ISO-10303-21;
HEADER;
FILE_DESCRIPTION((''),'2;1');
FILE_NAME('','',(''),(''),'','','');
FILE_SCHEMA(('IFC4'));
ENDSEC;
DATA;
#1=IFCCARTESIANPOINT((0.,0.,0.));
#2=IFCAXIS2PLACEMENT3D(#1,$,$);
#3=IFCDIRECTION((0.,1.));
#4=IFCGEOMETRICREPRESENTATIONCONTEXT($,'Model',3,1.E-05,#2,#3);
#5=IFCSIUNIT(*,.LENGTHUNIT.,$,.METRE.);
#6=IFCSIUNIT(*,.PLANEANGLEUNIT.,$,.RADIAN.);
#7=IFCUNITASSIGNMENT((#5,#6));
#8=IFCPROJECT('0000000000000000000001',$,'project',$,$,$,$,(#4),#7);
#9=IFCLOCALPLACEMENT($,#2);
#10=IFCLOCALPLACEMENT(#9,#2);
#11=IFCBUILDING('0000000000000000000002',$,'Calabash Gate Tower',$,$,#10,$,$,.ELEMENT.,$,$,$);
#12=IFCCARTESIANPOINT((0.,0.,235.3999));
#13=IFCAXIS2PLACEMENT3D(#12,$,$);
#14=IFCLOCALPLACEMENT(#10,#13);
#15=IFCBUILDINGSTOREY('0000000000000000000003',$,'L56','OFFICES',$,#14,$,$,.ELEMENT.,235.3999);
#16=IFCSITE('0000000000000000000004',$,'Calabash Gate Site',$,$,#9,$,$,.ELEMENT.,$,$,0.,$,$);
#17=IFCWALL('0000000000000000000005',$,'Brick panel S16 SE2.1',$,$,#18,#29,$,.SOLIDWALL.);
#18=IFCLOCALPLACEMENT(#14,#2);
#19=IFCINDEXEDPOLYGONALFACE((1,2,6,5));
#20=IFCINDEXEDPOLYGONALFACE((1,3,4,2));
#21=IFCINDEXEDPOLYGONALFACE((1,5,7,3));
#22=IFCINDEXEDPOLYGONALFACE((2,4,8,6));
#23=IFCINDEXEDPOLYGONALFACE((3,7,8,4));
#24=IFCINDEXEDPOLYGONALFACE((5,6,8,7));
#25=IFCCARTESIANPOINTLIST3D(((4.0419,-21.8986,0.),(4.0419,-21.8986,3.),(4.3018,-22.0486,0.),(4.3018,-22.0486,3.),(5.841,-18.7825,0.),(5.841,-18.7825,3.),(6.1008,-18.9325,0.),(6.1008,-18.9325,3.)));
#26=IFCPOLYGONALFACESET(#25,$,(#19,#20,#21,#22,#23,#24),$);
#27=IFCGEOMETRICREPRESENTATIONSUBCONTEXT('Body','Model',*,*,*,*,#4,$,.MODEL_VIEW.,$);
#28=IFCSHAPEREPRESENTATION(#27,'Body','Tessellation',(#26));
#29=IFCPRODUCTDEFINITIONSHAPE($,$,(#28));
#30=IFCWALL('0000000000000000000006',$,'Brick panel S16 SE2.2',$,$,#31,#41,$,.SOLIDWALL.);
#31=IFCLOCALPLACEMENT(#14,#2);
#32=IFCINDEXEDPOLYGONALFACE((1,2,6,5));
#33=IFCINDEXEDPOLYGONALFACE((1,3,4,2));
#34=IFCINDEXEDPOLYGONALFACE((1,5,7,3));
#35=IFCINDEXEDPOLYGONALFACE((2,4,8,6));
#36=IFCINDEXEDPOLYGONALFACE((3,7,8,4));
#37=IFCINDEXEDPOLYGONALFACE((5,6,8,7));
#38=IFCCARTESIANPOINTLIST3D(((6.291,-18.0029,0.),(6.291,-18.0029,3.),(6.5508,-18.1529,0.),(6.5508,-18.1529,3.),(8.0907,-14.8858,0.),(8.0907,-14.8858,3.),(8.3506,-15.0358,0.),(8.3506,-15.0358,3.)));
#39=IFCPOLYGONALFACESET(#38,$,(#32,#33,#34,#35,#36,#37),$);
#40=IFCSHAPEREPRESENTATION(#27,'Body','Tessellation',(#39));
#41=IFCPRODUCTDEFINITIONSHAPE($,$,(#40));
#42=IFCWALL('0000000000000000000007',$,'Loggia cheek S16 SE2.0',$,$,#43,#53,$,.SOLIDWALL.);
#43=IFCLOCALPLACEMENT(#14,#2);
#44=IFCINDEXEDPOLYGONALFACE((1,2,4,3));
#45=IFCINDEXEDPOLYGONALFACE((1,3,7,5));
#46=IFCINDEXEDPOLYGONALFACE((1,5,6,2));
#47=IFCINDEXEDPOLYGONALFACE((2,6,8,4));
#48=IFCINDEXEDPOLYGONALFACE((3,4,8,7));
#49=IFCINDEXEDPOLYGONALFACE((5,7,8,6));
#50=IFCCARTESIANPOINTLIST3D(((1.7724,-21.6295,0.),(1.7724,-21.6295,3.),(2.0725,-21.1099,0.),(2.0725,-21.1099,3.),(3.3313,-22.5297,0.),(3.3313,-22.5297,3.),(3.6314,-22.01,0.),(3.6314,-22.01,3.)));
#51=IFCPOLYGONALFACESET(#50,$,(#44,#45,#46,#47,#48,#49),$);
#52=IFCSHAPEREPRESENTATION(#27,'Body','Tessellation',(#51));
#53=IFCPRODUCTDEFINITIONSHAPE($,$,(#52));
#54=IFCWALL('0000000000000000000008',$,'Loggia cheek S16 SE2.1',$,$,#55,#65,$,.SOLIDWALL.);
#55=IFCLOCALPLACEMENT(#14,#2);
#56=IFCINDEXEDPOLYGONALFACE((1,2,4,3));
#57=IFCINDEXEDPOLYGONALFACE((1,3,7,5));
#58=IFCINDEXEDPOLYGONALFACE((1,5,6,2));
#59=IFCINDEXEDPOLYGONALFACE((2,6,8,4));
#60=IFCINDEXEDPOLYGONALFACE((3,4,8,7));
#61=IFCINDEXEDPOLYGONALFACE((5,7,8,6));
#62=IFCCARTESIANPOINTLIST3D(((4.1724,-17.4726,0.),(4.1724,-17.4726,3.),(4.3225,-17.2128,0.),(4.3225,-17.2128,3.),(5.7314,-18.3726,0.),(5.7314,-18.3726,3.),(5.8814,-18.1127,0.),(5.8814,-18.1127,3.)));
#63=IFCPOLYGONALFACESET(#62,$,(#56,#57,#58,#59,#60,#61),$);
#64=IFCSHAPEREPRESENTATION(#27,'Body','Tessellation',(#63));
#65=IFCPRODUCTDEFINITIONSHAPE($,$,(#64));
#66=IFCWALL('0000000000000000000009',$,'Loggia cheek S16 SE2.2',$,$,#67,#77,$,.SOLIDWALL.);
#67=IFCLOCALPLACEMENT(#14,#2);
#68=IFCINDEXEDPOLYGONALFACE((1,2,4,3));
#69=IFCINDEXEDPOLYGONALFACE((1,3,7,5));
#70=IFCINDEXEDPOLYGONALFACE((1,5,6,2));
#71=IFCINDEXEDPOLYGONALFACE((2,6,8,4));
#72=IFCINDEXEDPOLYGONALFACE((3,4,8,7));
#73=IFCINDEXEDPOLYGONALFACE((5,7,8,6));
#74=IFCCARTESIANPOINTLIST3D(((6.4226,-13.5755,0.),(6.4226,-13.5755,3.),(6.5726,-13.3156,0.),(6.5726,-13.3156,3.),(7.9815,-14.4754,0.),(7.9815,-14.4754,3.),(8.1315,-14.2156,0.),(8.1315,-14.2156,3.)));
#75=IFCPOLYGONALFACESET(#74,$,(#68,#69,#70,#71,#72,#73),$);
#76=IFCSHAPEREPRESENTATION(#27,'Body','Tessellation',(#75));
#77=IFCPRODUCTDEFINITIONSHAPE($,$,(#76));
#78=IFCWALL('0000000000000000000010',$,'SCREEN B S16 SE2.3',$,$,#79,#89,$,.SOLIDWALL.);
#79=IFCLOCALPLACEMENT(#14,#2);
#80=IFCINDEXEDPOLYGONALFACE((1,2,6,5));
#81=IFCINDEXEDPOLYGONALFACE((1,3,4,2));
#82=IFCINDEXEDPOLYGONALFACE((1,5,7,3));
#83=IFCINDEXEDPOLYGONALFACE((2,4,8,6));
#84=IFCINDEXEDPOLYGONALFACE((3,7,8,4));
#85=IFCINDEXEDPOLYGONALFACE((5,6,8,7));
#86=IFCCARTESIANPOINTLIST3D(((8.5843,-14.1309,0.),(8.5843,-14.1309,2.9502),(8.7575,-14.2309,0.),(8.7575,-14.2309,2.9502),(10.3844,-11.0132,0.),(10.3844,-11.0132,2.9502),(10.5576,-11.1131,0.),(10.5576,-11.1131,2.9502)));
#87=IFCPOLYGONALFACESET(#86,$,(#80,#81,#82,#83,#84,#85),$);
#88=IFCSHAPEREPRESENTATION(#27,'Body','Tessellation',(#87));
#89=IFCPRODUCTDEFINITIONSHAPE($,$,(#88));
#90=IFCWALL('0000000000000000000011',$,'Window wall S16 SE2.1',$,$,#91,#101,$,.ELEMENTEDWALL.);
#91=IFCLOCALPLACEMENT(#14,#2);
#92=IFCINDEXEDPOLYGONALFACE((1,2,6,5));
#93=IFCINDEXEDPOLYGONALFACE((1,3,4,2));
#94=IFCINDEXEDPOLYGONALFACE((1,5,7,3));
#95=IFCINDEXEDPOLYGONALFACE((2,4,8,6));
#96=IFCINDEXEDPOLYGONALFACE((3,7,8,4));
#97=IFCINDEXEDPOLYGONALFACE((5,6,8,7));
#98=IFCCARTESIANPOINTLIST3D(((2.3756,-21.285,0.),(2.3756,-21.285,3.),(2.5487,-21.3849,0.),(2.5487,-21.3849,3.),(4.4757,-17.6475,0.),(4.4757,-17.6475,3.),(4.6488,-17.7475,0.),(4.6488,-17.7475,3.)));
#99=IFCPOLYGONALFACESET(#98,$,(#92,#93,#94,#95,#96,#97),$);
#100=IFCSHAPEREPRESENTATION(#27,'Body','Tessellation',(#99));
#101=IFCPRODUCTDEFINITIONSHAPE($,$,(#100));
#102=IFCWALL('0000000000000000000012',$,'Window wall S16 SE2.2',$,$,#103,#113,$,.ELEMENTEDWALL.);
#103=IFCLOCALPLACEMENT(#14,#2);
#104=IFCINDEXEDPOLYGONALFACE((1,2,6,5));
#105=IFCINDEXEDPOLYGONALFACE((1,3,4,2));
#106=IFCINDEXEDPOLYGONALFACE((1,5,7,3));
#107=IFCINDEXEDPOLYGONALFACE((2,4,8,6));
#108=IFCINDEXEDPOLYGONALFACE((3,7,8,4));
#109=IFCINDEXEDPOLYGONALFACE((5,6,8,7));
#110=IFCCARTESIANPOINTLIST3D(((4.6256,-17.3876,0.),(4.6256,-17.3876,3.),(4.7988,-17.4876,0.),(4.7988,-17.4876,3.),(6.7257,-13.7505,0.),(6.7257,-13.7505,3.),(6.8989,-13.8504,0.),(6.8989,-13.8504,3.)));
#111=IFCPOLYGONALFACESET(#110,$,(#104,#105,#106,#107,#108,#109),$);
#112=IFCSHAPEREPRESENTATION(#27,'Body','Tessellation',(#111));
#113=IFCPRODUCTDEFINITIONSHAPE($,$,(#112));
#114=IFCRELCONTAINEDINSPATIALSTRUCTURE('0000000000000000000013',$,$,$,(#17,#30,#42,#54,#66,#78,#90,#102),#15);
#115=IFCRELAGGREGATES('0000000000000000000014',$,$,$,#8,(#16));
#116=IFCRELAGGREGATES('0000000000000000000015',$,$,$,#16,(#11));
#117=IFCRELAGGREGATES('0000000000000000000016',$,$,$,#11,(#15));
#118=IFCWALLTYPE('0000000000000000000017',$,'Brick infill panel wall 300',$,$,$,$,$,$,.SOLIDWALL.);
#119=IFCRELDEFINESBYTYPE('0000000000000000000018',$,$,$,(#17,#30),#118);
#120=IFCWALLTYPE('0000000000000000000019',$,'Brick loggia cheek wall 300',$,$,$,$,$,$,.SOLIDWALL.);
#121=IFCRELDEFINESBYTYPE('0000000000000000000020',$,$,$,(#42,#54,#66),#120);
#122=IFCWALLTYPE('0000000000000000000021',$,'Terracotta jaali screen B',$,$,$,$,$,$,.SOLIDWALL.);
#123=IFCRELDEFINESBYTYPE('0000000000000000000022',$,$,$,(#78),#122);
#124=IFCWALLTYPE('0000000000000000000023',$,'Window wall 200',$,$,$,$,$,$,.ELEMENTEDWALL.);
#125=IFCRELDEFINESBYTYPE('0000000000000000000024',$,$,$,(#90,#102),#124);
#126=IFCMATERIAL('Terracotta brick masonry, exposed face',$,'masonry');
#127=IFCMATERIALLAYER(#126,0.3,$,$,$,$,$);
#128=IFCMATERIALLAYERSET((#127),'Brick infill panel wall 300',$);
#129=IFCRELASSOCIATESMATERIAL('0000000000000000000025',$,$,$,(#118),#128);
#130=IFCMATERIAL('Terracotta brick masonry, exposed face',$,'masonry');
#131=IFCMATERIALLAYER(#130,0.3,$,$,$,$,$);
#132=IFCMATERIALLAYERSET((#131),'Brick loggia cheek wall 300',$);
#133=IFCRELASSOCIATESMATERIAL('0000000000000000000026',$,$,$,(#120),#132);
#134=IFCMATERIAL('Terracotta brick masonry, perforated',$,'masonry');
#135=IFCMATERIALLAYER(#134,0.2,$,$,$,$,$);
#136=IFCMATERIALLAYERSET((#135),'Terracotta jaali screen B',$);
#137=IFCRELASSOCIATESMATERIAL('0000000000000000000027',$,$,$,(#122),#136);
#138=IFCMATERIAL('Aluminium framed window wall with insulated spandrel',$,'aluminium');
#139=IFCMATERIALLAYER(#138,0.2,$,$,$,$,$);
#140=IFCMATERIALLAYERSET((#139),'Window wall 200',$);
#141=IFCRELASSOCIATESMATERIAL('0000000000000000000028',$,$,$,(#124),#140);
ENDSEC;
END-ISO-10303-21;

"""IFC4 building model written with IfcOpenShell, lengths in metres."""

from ifc_helpers import new_model, si_unit, direction, frame, frame_2d, origin, place, context, subcontext, project, spatial, rectangle, extrude, material, layer, layer_set, type_object, element, save


model = new_model("IFC4")

# Units and contexts
model_context = context("Model", 3, precision=1e-05, world=origin(), true_north=direction((0.0, 1.0)))
body_context = subcontext(model_context, "Body", "Model", "MODEL_VIEW")
ifc_project = project(units=[si_unit("LENGTHUNIT", "METRE"), si_unit("PLANEANGLEUNIT", "RADIAN")], contexts=[model_context])

# Site, building, storey
site_placement = place(None, origin())
site = spatial("IfcSite", under=ifc_project, at=site_placement, Name="Calabash Gate Site", CompositionType="ELEMENT", RefElevation=0.0)
building_placement = place(site_placement, origin())
building = spatial("IfcBuilding", under=site, at=building_placement, Name="Calabash Gate Tower", CompositionType="ELEMENT")
storey_placement = place(building_placement, frame((0.0, 0.0, 235.3999)))
storey = spatial("IfcBuildingStorey", under=building, at=storey_placement, Name="L56", Description="OFFICES", CompositionType="ELEMENT", Elevation=235.3999)

# Walls
ifc_material_1 = material(Name="Terracotta brick masonry, exposed face", Category="masonry")
ifc_layer_1 = layer(ifc_material_1, 0.3)
ifc_layer_set_1 = layer_set([ifc_layer_1], Name="Brick infill panel wall 300")
wall_type_1 = type_object("IfcWallType", Name="Brick infill panel wall 300", PredefinedType="SOLIDWALL", material=ifc_layer_set_1)
wall_1_placement = place(storey_placement, frame((4.1719, -21.9736, 0.0), z_axis=(0.0, 0.0, 1.0), x_axis=(0.499985, 0.866034, 0.0)))
element("IfcWall", 1, at=wall_1_placement, inside=storey, type_object=wall_type_1, Name="Brick panel S16 SE2.1", PredefinedType="SOLIDWALL", context=body_context, shape_type="SweptSolid", body=[
    extrude(rectangle(XDim=3.5981, YDim=0.3, at=frame_2d((1.7991, 0.0))), origin(), (0.0, 0.0, 1.0), 3.0),
])
wall_2_placement = place(storey_placement, frame((8.2207, -14.9607, 0.0), z_axis=(0.0, 0.0, 1.0), x_axis=(-0.50002, -0.866014, 0.0)))
element("IfcWall", 2, at=wall_2_placement, inside=storey, type_object=wall_type_1, Name="Brick panel S16 SE2.2", PredefinedType="SOLIDWALL", context=body_context, shape_type="SweptSolid", body=[
    extrude(rectangle(XDim=3.5994, YDim=0.3, at=frame_2d((1.7998, 0.0))), origin(), (0.0, 0.0, 1.0), 3.0),
])
ifc_material_2 = material(Name="Terracotta brick masonry, exposed face", Category="masonry")
ifc_layer_2 = layer(ifc_material_2, 0.3)
ifc_layer_set_2 = layer_set([ifc_layer_2], Name="Brick loggia cheek wall 300")
wall_type_2 = type_object("IfcWallType", Name="Brick loggia cheek wall 300", PredefinedType="SOLIDWALL", material=ifc_layer_set_2)
wall_3_placement = place(storey_placement, frame((3.4812, -22.2698, 0.0), z_axis=(0.0, 0.0, 1.0), x_axis=(-0.865989, 0.500063, 0.0)))
element("IfcWall", 3, at=wall_3_placement, inside=storey, type_object=wall_type_2, Name="Loggia cheek S16 SE2.0", PredefinedType="SOLIDWALL", context=body_context, shape_type="SweptSolid", body=[
    extrude(rectangle(XDim=1.8, YDim=0.6001, at=frame_2d((0.8999, 0.0))), origin(), (0.0, 0.0, 1.0), 3.0),
])
for number, where, z_axis, x_axis, name in (
    (4, (4.2476, -17.3428, 0.0), (0.0, 0.0, 1.0), (0.866048, -0.499961, 0.0), "Loggia cheek S16 SE2.1"),
    (5, (8.0564, -14.3455, 0.0), (0.0, 0.0, 1.0), (-0.866048, 0.499961, 0.0), "Loggia cheek S16 SE2.2"),
):
    element("IfcWall", number, at=place(storey_placement, frame(where, z_axis=z_axis, x_axis=x_axis)), inside=storey, type_object=wall_type_2, Name=name, PredefinedType="SOLIDWALL", context=body_context, shape_type="SweptSolid", body=[
        extrude(rectangle(XDim=1.8, YDim=0.3, at=frame_2d((0.8999, 0.0))), origin(), (0.0, 0.0, 1.0), 3.0),
    ])
ifc_material_3 = material(Name="Terracotta brick masonry, perforated", Category="masonry")
ifc_layer_3 = layer(ifc_material_3, 0.2)
ifc_layer_set_3 = layer_set([ifc_layer_3], Name="Terracotta jaali screen B")
wall_type_3 = type_object("IfcWallType", Name="Terracotta jaali screen B", PredefinedType="SOLIDWALL", material=ifc_layer_set_3)
wall_4_placement = place(storey_placement, frame((8.6709, -14.1809, 0.0), z_axis=(0.0, 0.0, 1.0), x_axis=(0.500012, 0.866018, 0.0)))
element("IfcWall", 6, at=wall_4_placement, inside=storey, type_object=wall_type_3, Name="SCREEN B S16 SE2.3", PredefinedType="SOLIDWALL", context=body_context, shape_type="SweptSolid", body=[
    extrude(rectangle(XDim=3.6001, YDim=0.2, at=frame_2d((1.8, 0.0))), origin(), (0.0, 0.0, 1.0), 2.9502),
])
ifc_material_4 = material(Name="Aluminium framed window wall with insulated spandrel", Category="aluminium")
ifc_layer_4 = layer(ifc_material_4, 0.2)
ifc_layer_set_4 = layer_set([ifc_layer_4], Name="Window wall 200")
wall_type_4 = type_object("IfcWallType", Name="Window wall 200", PredefinedType="ELEMENTEDWALL", material=ifc_layer_set_4)
wall_5_placement = place(storey_placement, frame((2.4622, -21.335, 0.0), z_axis=(0.0, 0.0, 1.0), x_axis=(0.500003, 0.866024, 0.0)))
element("IfcWall", 7, at=wall_5_placement, inside=storey, type_object=wall_type_4, Name="Window wall S16 SE2.1", PredefinedType="ELEMENTEDWALL", context=body_context, shape_type="SweptSolid", body=[
    extrude(rectangle(XDim=4.2002, YDim=0.2, at=frame_2d((2.1001, 0.0))), origin(), (0.0, 0.0, 1.0), 3.0),
])
wall_6_placement = place(storey_placement, frame((4.7122, -17.4377, 0.0), z_axis=(0.0, 0.0, 1.0), x_axis=(0.500028, 0.866009, 0.0)))
element("IfcWall", 8, at=wall_6_placement, inside=storey, type_object=wall_type_4, Name="Window wall S16 SE2.2", PredefinedType="ELEMENTEDWALL", context=body_context, shape_type="SweptSolid", body=[
    extrude(rectangle(XDim=4.2, YDim=0.2, at=frame_2d((2.1001, 0.0))), origin(), (0.0, 0.0, 1.0), 3.0),
])

save(model, "model.ifc")
